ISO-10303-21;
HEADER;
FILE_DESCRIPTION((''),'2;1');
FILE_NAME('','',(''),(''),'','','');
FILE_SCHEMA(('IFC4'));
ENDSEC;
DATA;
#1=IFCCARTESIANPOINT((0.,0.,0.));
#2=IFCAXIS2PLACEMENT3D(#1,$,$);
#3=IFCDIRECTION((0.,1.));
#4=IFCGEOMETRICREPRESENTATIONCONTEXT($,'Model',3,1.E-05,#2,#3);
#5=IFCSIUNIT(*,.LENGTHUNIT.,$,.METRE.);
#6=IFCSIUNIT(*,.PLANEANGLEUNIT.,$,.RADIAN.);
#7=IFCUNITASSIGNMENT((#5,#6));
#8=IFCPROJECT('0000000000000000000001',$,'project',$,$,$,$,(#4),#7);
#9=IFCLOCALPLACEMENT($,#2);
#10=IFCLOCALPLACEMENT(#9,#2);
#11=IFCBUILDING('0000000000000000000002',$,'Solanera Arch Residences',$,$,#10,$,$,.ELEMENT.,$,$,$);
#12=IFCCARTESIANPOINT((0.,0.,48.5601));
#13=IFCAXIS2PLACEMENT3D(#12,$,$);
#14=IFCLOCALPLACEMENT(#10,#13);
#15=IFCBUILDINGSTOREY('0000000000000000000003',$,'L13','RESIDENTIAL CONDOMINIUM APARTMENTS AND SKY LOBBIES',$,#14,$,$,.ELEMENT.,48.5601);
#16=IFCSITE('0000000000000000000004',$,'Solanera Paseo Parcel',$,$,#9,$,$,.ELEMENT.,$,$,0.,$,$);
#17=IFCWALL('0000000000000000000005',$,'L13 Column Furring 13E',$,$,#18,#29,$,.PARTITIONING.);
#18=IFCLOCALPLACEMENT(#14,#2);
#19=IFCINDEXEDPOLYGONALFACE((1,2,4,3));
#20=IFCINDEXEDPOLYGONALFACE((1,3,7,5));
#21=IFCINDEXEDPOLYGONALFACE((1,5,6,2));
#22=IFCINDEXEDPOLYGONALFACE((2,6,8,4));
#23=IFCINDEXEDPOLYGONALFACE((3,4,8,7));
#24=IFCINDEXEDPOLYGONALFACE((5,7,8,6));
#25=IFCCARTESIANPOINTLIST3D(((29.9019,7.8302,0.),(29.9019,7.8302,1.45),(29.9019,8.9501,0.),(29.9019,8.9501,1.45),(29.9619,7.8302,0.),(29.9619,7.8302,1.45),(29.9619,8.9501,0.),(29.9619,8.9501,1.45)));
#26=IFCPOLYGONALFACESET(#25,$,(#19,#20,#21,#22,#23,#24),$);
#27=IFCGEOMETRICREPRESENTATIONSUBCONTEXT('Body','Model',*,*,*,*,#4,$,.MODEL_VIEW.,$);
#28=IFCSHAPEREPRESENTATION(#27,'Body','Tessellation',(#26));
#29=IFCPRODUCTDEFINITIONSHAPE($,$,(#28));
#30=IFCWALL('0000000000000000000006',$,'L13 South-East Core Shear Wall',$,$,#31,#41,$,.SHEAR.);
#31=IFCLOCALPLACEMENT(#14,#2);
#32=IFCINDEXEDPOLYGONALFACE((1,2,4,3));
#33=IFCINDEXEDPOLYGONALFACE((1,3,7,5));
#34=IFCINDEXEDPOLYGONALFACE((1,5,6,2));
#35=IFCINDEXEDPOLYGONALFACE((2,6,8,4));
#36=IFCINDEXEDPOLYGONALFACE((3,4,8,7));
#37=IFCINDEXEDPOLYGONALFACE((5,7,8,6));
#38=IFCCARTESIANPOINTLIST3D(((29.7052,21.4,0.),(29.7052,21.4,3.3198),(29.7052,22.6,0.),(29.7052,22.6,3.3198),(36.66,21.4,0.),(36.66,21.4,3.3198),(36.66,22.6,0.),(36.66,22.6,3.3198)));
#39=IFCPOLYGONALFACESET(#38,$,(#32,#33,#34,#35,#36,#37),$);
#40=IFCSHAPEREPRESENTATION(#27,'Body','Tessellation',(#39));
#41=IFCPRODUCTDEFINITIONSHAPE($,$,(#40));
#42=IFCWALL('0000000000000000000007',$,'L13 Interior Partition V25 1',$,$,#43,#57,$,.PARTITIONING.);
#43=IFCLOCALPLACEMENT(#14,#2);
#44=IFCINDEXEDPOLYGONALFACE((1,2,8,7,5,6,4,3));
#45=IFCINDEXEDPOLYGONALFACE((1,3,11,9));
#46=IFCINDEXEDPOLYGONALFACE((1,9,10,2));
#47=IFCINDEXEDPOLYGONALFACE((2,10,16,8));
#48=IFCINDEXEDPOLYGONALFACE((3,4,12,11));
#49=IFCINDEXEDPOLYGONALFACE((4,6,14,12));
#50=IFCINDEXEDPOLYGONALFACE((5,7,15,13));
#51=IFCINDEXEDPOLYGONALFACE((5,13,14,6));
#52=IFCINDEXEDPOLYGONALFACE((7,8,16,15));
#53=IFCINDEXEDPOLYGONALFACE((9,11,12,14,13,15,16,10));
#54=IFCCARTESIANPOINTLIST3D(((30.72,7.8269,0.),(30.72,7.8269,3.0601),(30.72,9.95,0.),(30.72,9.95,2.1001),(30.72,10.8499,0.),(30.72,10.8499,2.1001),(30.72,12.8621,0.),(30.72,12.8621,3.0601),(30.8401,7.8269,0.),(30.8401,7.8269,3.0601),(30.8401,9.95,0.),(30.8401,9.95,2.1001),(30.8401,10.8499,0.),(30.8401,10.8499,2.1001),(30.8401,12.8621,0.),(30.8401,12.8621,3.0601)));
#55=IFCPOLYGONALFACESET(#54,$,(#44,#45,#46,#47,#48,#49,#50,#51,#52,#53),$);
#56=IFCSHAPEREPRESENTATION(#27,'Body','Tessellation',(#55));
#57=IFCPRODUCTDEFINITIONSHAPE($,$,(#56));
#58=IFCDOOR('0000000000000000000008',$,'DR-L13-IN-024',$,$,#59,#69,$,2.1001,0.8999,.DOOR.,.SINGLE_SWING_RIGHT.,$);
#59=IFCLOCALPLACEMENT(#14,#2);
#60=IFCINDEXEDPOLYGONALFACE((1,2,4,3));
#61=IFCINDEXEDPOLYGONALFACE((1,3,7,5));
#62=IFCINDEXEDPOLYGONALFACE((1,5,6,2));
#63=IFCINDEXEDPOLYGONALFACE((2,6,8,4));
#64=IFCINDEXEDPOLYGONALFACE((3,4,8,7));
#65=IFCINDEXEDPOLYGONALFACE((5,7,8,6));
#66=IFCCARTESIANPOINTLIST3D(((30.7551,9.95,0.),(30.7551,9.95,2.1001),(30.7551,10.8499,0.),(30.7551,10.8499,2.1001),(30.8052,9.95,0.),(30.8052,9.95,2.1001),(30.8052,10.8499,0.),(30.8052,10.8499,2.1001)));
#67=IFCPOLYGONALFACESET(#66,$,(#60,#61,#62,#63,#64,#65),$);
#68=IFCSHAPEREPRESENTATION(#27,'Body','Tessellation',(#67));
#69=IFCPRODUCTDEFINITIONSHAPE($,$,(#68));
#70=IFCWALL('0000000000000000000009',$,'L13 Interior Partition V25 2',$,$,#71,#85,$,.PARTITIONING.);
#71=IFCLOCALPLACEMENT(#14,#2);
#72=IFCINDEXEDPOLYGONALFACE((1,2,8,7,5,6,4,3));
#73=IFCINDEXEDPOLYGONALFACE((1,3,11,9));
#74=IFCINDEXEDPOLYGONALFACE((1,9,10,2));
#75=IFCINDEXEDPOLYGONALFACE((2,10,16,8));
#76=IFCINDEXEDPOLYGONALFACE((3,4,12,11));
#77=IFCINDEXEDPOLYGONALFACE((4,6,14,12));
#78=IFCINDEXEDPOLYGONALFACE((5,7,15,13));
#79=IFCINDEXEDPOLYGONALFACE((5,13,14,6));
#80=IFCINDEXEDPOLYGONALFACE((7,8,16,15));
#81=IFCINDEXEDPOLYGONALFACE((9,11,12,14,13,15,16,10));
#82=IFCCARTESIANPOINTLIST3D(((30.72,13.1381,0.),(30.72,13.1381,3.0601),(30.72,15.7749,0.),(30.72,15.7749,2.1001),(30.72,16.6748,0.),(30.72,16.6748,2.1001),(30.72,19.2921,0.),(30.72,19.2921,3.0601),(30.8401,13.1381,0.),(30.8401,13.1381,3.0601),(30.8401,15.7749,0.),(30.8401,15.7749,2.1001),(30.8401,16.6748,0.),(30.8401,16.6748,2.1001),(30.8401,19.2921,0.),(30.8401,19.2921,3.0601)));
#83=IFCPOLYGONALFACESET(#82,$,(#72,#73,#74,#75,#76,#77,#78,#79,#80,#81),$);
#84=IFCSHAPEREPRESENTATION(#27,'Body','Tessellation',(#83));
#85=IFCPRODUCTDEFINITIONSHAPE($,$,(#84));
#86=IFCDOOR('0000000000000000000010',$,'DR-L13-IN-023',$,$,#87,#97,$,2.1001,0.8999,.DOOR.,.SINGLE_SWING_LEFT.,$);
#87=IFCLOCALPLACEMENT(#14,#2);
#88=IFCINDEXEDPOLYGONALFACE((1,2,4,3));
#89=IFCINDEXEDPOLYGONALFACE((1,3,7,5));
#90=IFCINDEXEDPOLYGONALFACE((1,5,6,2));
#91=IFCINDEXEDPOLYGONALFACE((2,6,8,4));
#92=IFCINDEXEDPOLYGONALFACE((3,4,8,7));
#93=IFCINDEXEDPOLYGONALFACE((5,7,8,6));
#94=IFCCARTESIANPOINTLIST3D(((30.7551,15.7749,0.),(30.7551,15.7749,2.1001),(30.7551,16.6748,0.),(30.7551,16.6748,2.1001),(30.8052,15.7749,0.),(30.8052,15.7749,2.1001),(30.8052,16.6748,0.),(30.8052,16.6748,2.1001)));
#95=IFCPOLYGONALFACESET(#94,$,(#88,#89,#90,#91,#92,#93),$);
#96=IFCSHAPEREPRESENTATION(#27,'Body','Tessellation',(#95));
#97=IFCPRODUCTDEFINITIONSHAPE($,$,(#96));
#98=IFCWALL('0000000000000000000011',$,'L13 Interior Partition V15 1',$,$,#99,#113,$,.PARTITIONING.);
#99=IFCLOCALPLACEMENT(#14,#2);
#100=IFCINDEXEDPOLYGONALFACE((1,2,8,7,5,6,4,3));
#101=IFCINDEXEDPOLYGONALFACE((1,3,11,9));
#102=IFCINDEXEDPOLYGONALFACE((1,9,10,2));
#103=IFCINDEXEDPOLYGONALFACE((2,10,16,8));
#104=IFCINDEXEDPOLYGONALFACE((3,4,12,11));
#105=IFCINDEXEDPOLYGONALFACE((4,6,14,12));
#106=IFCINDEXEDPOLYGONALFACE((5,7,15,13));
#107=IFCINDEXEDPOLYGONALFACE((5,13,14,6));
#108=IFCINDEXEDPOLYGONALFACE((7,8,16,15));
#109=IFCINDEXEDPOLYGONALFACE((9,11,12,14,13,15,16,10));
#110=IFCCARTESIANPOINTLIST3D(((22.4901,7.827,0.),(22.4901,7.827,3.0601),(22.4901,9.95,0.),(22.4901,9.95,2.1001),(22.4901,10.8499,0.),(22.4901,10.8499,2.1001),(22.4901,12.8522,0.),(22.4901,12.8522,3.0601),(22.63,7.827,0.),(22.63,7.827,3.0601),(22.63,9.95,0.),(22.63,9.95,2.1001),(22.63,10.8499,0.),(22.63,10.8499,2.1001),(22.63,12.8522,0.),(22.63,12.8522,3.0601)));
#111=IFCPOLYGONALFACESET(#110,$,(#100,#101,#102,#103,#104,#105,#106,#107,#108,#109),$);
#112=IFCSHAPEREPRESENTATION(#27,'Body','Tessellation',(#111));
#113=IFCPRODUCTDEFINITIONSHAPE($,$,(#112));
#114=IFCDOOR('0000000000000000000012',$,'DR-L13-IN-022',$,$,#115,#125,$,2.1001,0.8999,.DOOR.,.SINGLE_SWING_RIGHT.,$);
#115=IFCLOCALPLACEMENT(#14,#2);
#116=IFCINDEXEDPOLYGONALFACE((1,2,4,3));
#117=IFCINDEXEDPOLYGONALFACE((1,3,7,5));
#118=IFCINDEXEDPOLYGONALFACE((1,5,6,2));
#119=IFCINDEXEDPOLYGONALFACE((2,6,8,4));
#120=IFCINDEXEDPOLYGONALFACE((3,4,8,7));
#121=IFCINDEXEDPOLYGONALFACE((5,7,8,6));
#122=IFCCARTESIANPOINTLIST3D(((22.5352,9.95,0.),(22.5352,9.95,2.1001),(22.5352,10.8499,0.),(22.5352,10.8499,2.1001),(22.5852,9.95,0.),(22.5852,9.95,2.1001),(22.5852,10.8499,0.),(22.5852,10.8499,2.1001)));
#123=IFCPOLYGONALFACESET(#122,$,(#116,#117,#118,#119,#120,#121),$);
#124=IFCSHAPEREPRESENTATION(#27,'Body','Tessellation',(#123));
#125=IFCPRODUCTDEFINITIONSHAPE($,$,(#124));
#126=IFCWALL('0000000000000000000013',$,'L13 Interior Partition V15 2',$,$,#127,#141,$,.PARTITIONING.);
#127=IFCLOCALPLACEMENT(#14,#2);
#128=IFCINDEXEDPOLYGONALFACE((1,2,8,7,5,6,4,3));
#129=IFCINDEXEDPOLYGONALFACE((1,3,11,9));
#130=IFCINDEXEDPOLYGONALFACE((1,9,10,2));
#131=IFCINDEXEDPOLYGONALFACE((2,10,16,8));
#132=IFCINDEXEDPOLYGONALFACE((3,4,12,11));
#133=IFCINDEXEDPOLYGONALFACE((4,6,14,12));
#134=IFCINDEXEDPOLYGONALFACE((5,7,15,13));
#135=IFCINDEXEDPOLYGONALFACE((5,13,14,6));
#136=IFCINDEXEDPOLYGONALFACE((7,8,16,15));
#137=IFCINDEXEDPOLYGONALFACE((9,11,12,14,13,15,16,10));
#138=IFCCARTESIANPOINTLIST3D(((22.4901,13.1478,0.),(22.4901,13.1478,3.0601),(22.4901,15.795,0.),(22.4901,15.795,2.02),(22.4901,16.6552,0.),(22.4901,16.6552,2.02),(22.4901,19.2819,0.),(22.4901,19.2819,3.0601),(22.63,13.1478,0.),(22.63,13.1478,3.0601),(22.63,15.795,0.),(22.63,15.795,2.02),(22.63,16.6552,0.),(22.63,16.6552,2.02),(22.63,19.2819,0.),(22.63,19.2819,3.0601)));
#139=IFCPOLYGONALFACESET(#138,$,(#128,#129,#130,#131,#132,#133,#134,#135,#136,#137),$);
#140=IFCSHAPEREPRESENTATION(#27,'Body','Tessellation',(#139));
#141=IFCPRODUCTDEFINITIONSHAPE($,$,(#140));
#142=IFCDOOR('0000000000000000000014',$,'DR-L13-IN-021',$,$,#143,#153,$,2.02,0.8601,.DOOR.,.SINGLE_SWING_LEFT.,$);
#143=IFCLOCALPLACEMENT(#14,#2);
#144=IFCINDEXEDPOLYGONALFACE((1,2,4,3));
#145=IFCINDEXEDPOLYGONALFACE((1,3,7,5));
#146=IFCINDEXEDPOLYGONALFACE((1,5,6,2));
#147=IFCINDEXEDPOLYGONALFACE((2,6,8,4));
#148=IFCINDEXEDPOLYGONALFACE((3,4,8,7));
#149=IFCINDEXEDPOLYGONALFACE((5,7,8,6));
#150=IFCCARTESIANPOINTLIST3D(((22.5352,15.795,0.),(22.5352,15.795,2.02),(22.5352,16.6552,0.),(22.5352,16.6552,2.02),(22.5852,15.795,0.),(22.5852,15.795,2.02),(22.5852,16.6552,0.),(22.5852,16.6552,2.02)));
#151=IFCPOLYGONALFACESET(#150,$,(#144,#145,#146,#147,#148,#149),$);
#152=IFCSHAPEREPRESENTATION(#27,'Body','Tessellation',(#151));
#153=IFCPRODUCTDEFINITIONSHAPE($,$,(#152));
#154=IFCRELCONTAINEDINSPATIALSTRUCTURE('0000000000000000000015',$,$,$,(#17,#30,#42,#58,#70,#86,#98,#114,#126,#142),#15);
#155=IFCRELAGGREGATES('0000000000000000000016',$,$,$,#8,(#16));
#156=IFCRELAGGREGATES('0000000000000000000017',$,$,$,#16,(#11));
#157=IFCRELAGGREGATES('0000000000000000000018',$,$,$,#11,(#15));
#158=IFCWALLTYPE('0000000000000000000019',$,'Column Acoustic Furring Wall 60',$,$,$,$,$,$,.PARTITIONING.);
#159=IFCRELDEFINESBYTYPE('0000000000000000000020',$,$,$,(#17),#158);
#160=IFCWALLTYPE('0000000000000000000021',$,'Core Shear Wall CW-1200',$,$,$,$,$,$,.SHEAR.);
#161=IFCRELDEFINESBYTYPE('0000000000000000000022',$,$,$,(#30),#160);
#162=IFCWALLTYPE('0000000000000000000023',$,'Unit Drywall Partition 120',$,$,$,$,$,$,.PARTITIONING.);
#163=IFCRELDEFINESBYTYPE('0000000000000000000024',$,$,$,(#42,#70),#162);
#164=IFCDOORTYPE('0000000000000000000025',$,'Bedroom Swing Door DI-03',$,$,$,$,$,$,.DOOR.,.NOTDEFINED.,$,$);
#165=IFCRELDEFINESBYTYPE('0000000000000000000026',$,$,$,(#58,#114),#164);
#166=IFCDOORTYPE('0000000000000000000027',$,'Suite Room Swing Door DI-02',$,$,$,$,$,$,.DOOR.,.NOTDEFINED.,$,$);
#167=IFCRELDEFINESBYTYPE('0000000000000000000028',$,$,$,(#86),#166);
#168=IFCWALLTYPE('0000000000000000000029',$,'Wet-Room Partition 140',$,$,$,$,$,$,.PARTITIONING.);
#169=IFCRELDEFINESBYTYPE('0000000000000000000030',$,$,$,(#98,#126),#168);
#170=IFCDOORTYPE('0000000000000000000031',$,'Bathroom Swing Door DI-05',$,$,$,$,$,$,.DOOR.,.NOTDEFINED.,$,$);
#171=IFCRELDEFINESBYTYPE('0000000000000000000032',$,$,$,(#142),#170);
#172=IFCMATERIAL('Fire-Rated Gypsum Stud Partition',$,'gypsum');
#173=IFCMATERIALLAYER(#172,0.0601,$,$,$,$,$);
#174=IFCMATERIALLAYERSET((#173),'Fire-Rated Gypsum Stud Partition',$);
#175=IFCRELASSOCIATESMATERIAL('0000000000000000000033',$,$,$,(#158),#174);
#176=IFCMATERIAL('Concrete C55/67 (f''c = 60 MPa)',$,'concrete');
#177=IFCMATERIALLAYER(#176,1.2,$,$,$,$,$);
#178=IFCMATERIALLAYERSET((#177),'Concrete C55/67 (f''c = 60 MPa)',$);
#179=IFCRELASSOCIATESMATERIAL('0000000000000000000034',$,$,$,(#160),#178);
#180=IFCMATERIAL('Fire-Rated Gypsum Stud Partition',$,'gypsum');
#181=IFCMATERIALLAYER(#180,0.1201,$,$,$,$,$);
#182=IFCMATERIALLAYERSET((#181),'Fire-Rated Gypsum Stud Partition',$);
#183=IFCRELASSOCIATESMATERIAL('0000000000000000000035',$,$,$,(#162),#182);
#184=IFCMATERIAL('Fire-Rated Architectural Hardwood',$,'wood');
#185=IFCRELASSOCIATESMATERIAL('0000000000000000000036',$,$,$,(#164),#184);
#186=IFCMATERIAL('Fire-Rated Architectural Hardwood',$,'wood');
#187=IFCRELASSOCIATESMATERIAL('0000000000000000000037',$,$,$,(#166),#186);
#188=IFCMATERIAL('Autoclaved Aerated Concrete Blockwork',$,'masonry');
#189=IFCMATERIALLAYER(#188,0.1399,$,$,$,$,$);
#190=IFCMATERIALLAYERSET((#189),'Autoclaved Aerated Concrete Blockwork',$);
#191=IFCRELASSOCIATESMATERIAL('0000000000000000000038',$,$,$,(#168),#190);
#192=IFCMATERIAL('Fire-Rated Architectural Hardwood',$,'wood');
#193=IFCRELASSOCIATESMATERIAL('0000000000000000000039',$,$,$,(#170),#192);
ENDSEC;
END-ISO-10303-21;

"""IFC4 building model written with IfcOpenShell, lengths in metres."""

from ifc_helpers import new_model, si_unit, direction, frame, frame_2d, origin, place, context, subcontext, project, spatial, rectangle, extrude, material, layer, layer_set, type_object, element, fill, save


model = new_model("IFC4")

# Units and contexts
model_context = context("Model", 3, precision=1e-05, world=origin(), true_north=direction((0.0, 1.0)))
body_context = subcontext(model_context, "Body", "Model", "MODEL_VIEW")
ifc_project = project(units=[si_unit("LENGTHUNIT", "METRE"), si_unit("PLANEANGLEUNIT", "RADIAN")], contexts=[model_context])

# Site, building, storey
site_placement = place(None, origin())
site = spatial("IfcSite", under=ifc_project, at=site_placement, Name="Solanera Paseo Parcel", CompositionType="ELEMENT", RefElevation=0.0)
building_placement = place(site_placement, origin())
building = spatial("IfcBuilding", under=site, at=building_placement, Name="Solanera Arch Residences", CompositionType="ELEMENT")
storey_placement = place(building_placement, frame((0.0, 0.0, 48.5601)))
storey = spatial("IfcBuildingStorey", under=building, at=storey_placement, Name="L13", Description="RESIDENTIAL CONDOMINIUM APARTMENTS AND SKY LOBBIES", CompositionType="ELEMENT", Elevation=48.5601)

# Walls
ifc_material_1 = material(Name="Fire-Rated Gypsum Stud Partition", Category="gypsum")
ifc_layer_1 = layer(ifc_material_1, 0.0601)
ifc_layer_set_1 = layer_set([ifc_layer_1], Name="Fire-Rated Gypsum Stud Partition")
wall_type_1 = type_object("IfcWallType", Name="Column Acoustic Furring Wall 60", PredefinedType="PARTITIONING", material=ifc_layer_set_1)
for number, where, z_axis, x_axis, name in (
    (1, (29.9319, 7.8301, 0.0), (0.0, 0.0, 1.0), (0.0, 1.0, 0.0), "L13 Column Furring 13E"),
):
    element("IfcWall", number, at=place(storey_placement, frame(where, z_axis=z_axis, x_axis=x_axis)), inside=storey, type_object=wall_type_1, Name=name, PredefinedType="PARTITIONING", context=body_context, shape_type="SweptSolid", body=[
        extrude(rectangle(XDim=1.1199, YDim=0.0601, at=frame_2d((0.5601, 0.0))), origin(), (0.0, 0.0, 1.0), 1.45),
    ])
ifc_material_2 = material(Name="Concrete C55/67 (f'c = 60 MPa)", Category="concrete")
ifc_layer_2 = layer(ifc_material_2, 1.2)
ifc_layer_set_2 = layer_set([ifc_layer_2], Name="Concrete C55/67 (f'c = 60 MPa)")
wall_type_2 = type_object("IfcWallType", Name="Core Shear Wall CW-1200", PredefinedType="SHEAR", material=ifc_layer_set_2)
wall_1_placement = place(storey_placement, frame((29.7051, 22.0, 0.0), z_axis=(0.0, 0.0, 1.0), x_axis=(1.0, 0.0, 0.0)))
element("IfcWall", 2, at=wall_1_placement, inside=storey, type_object=wall_type_2, Name="L13 South-East Core Shear Wall", PredefinedType="SHEAR", context=body_context, shape_type="SweptSolid", body=[
    extrude(rectangle(XDim=6.9548, YDim=1.2, at=frame_2d((3.4775, 0.0))), origin(), (0.0, 0.0, 1.0), 3.3198),
])

# Walls, openings, doors
ifc_material_3 = material(Name="Fire-Rated Gypsum Stud Partition", Category="gypsum")
ifc_layer_3 = layer(ifc_material_3, 0.1201)
ifc_layer_set_3 = layer_set([ifc_layer_3], Name="Fire-Rated Gypsum Stud Partition")
wall_type_3 = type_object("IfcWallType", Name="Unit Drywall Partition 120", PredefinedType="PARTITIONING", material=ifc_layer_set_3)
wall_2_placement = place(storey_placement, frame((30.78, 7.8269, 0.0), z_axis=(0.0, 0.0, 1.0), x_axis=(0.0, 1.0, 0.0)))
wall_2 = element("IfcWall", 3, at=wall_2_placement, inside=storey, type_object=wall_type_3, Name="L13 Interior Partition V25 1", PredefinedType="PARTITIONING", context=body_context, shape_type="SweptSolid", body=[
    extrude(rectangle(XDim=5.0352, YDim=0.1201, at=frame_2d((2.5176, 0.0))), origin(), (0.0, 0.0, 1.0), 3.0601),
])
opening_1_placement = place(wall_2_placement, frame((2.123, 0.0, 0.0)))
opening_1 = element("IfcOpeningElement", 4, at=opening_1_placement, cuts=wall_2, PredefinedType="OPENING", context=body_context, shape_type="SweptSolid", body=[
    extrude(rectangle(XDim=0.8999, YDim=2.1001, at=frame_2d((0.45, 1.05))), frame((0.0, 0.0701, 0.0), z_axis=(0.0, -1.0, 0.0), x_axis=(1.0, 0.0, 0.0)), (0.0, 0.0, 1.0), 0.1401),
])
ifc_material_4 = material(Name="Fire-Rated Architectural Hardwood", Category="wood")
door_type_1 = type_object("IfcDoorType", Name="Bedroom Swing Door DI-03", OperationType="NOTDEFINED", PredefinedType="DOOR", material=ifc_material_4)
door_1_placement = place(opening_1_placement, origin())
door_1 = element("IfcDoor", 5, at=door_1_placement, inside=storey, type_object=door_type_1, Name="DR-L13-IN-024", OperationType="SINGLE_SWING_RIGHT", OverallHeight=2.1001, OverallWidth=0.8999, PredefinedType="DOOR", context=body_context, shape_type="SweptSolid", body=[
    extrude(rectangle(XDim=0.8999, YDim=2.1001, at=frame_2d((0.45, 1.05))), frame((0.0, 0.0249, 0.0), z_axis=(0.0, -1.0, 0.0), x_axis=(1.0, 0.0, 0.0)), (0.0, 0.0, 1.0), 0.05),
])
fill(opening_1, door_1)
wall_3_placement = place(storey_placement, frame((30.78, 13.1379, 0.0), z_axis=(0.0, 0.0, 1.0), x_axis=(0.0, 1.0, 0.0)))
wall_3 = element("IfcWall", 6, at=wall_3_placement, inside=storey, type_object=wall_type_3, Name="L13 Interior Partition V25 2", PredefinedType="PARTITIONING", context=body_context, shape_type="SweptSolid", body=[
    extrude(rectangle(XDim=6.1541, YDim=0.1201, at=frame_2d((3.0771, 0.0))), origin(), (0.0, 0.0, 1.0), 3.0601),
])
opening_2_placement = place(wall_3_placement, frame((2.637, 0.0, 0.0)))
opening_2 = element("IfcOpeningElement", 7, at=opening_2_placement, cuts=wall_3, PredefinedType="OPENING", context=body_context, shape_type="SweptSolid", body=[
    extrude(rectangle(XDim=0.8999, YDim=2.1001, at=frame_2d((0.45, 1.05))), frame((0.0, 0.0701, 0.0), z_axis=(0.0, -1.0, 0.0), x_axis=(1.0, 0.0, 0.0)), (0.0, 0.0, 1.0), 0.1401),
])
ifc_material_5 = material(Name="Fire-Rated Architectural Hardwood", Category="wood")
door_type_2 = type_object("IfcDoorType", Name="Suite Room Swing Door DI-02", OperationType="NOTDEFINED", PredefinedType="DOOR", material=ifc_material_5)
door_2_placement = place(opening_2_placement, origin())
door_2 = element("IfcDoor", 8, at=door_2_placement, inside=storey, type_object=door_type_2, Name="DR-L13-IN-023", OperationType="SINGLE_SWING_LEFT", OverallHeight=2.1001, OverallWidth=0.8999, PredefinedType="DOOR", context=body_context, shape_type="SweptSolid", body=[
    extrude(rectangle(XDim=0.8999, YDim=2.1001, at=frame_2d((0.45, 1.05))), frame((0.0, 0.0249, 0.0), z_axis=(0.0, -1.0, 0.0), x_axis=(1.0, 0.0, 0.0)), (0.0, 0.0, 1.0), 0.05),
])
fill(opening_2, door_2)
ifc_material_6 = material(Name="Autoclaved Aerated Concrete Blockwork", Category="masonry")
ifc_layer_4 = layer(ifc_material_6, 0.1399)
ifc_layer_set_4 = layer_set([ifc_layer_4], Name="Autoclaved Aerated Concrete Blockwork")
wall_type_4 = type_object("IfcWallType", Name="Wet-Room Partition 140", PredefinedType="PARTITIONING", material=ifc_layer_set_4)
wall_4_placement = place(storey_placement, frame((22.5601, 7.8269, 0.0), z_axis=(0.0, 0.0, 1.0), x_axis=(0.0, 1.0, 0.0)))
wall_4 = element("IfcWall", 9, at=wall_4_placement, inside=storey, type_object=wall_type_4, Name="L13 Interior Partition V15 1", PredefinedType="PARTITIONING", context=body_context, shape_type="SweptSolid", body=[
    extrude(rectangle(XDim=5.0251, YDim=0.1399, at=frame_2d((2.5127, 0.0))), origin(), (0.0, 0.0, 1.0), 3.0601),
])
opening_3_placement = place(wall_4_placement, frame((2.123, 0.0, 0.0)))
opening_3 = element("IfcOpeningElement", 10, at=opening_3_placement, cuts=wall_4, PredefinedType="OPENING", context=body_context, shape_type="SweptSolid", body=[
    extrude(rectangle(XDim=0.8999, YDim=2.1001, at=frame_2d((0.45, 1.05))), frame((0.0, 0.0798, 0.0), z_axis=(0.0, -1.0, 0.0), x_axis=(1.0, 0.0, 0.0)), (0.0, 0.0, 1.0), 0.1599),
])
door_3_placement = place(opening_3_placement, origin())
door_3 = element("IfcDoor", 11, at=door_3_placement, inside=storey, type_object=door_type_1, Name="DR-L13-IN-022", OperationType="SINGLE_SWING_RIGHT", OverallHeight=2.1001, OverallWidth=0.8999, PredefinedType="DOOR", context=body_context, shape_type="SweptSolid", body=[
    extrude(rectangle(XDim=0.8999, YDim=2.1001, at=frame_2d((0.45, 1.05))), frame((0.0, 0.0249, 0.0), z_axis=(0.0, -1.0, 0.0), x_axis=(1.0, 0.0, 0.0)), (0.0, 0.0, 1.0), 0.05),
])
fill(opening_3, door_3)
wall_5_placement = place(storey_placement, frame((22.5601, 13.1479, 0.0), z_axis=(0.0, 0.0, 1.0), x_axis=(0.0, 1.0, 0.0)))
wall_5 = element("IfcWall", 12, at=wall_5_placement, inside=storey, type_object=wall_type_4, Name="L13 Interior Partition V15 2", PredefinedType="PARTITIONING", context=body_context, shape_type="SweptSolid", body=[
    extrude(rectangle(XDim=6.134, YDim=0.1399, at=frame_2d((3.0669, 0.0))), origin(), (0.0, 0.0, 1.0), 3.0601),
])
opening_4_placement = place(wall_5_placement, frame((2.647, 0.0, 0.0)))
opening_4 = element("IfcOpeningElement", 13, at=opening_4_placement, cuts=wall_5, PredefinedType="OPENING", context=body_context, shape_type="SweptSolid", body=[
    extrude(rectangle(XDim=0.8601, YDim=2.02, at=frame_2d((0.4302, 1.01))), frame((0.0, 0.0798, 0.0), z_axis=(0.0, -1.0, 0.0), x_axis=(1.0, 0.0, 0.0)), (0.0, 0.0, 1.0), 0.1599),
])
ifc_material_7 = material(Name="Fire-Rated Architectural Hardwood", Category="wood")
door_type_3 = type_object("IfcDoorType", Name="Bathroom Swing Door DI-05", OperationType="NOTDEFINED", PredefinedType="DOOR", material=ifc_material_7)
door_4_placement = place(opening_4_placement, origin())
door_4 = element("IfcDoor", 14, at=door_4_placement, inside=storey, type_object=door_type_3, Name="DR-L13-IN-021", OperationType="SINGLE_SWING_LEFT", OverallHeight=2.02, OverallWidth=0.8601, PredefinedType="DOOR", context=body_context, shape_type="SweptSolid", body=[
    extrude(rectangle(XDim=0.8601, YDim=2.02, at=frame_2d((0.4302, 1.01))), frame((0.0, 0.0249, 0.0), z_axis=(0.0, -1.0, 0.0), x_axis=(1.0, 0.0, 0.0)), (0.0, 0.0, 1.0), 0.05),
])
fill(opening_4, door_4)

save(model, "model.ifc")
